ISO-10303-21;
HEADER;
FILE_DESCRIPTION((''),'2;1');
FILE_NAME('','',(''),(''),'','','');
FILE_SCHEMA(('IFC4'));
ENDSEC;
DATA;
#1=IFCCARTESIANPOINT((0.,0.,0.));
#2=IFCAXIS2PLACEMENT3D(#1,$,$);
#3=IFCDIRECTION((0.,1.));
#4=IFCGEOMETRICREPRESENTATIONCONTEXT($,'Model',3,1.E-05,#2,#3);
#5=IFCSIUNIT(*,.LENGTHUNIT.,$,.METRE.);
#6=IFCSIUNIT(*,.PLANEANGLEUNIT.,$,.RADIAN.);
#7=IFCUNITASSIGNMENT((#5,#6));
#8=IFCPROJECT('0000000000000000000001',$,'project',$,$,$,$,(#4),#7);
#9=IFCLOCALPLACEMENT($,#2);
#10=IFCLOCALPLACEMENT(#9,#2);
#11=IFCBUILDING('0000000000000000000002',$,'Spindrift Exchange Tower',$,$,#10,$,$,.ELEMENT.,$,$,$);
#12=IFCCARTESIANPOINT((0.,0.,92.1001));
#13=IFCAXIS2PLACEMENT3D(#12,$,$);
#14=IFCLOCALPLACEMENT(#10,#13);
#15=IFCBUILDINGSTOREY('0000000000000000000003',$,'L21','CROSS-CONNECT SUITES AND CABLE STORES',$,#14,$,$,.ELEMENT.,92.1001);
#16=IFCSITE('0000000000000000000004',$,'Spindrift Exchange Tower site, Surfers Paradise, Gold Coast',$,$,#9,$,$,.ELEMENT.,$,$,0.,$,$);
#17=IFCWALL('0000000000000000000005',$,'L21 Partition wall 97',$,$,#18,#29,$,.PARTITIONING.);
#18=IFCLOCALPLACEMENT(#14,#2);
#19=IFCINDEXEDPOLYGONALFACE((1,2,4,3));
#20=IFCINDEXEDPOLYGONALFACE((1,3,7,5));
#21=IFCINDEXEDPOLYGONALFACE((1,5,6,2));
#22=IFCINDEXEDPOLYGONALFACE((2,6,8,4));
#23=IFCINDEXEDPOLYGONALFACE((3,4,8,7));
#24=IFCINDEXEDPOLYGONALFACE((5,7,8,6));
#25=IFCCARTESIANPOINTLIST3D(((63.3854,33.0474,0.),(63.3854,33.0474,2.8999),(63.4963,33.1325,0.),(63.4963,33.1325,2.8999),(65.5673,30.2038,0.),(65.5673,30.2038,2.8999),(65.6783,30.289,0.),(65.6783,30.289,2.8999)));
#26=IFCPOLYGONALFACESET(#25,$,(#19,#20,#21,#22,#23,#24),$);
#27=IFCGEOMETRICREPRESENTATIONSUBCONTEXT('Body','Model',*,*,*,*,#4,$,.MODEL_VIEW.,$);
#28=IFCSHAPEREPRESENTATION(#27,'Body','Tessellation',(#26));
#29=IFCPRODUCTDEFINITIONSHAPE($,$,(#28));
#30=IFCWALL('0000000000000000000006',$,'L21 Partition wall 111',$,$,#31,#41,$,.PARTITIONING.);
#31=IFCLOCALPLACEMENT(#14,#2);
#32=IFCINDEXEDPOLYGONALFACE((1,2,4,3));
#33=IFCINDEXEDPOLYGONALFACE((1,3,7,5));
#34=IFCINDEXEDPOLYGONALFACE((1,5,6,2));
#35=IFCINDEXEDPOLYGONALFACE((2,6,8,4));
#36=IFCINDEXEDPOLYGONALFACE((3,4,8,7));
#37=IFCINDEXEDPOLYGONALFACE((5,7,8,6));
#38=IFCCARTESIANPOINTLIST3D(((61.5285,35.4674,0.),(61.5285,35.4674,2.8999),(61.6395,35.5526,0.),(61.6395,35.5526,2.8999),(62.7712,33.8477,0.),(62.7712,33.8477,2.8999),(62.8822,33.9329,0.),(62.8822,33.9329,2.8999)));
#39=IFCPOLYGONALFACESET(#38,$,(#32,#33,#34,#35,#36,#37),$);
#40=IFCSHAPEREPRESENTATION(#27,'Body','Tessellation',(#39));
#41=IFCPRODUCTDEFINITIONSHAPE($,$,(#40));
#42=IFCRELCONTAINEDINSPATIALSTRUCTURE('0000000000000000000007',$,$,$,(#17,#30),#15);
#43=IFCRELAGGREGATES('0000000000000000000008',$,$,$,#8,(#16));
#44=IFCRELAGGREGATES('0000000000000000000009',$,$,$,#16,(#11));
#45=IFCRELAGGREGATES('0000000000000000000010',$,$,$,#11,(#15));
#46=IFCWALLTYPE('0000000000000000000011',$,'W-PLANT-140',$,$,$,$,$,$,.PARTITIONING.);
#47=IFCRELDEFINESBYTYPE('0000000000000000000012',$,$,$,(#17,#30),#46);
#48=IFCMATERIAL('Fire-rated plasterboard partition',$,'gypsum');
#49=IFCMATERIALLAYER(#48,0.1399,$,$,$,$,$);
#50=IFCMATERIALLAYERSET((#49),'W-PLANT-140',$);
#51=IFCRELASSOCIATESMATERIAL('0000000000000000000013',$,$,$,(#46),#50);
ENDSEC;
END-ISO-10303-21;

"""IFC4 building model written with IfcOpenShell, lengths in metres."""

from ifc_helpers import new_model, si_unit, direction, frame, frame_2d, origin, place, context, subcontext, project, spatial, rectangle, extrude, material, layer, layer_set, type_object, element, save


model = new_model("IFC4")

# Units and contexts
model_context = context("Model", 3, precision=1e-05, world=origin(), true_north=direction((0.0, 1.0)))
body_context = subcontext(model_context, "Body", "Model", "MODEL_VIEW")
ifc_project = project(units=[si_unit("LENGTHUNIT", "METRE"), si_unit("PLANEANGLEUNIT", "RADIAN")], contexts=[model_context])

# Site, building, storey
site_placement = place(None, origin())
site = spatial("IfcSite", under=ifc_project, at=site_placement, Name="Spindrift Exchange Tower site, Surfers Paradise, Gold Coast", CompositionType="ELEMENT", RefElevation=0.0)
building_placement = place(site_placement, origin())
building = spatial("IfcBuilding", under=site, at=building_placement, Name="Spindrift Exchange Tower", CompositionType="ELEMENT")
storey_placement = place(building_placement, frame((0.0, 0.0, 92.1001)))
storey = spatial("IfcBuildingStorey", under=building, at=storey_placement, Name="L21", Description="CROSS-CONNECT SUITES AND CABLE STORES", CompositionType="ELEMENT", Elevation=92.1001)

# Shared definitions
ifc_material_1 = material(Name="Fire-rated plasterboard partition", Category="gypsum")
ifc_layer_1 = layer(ifc_material_1, 0.1399)
ifc_layer_set_1 = layer_set([ifc_layer_1], Name="W-PLANT-140")
wall_type = type_object("IfcWallType", Name="W-PLANT-140", PredefinedType="PARTITIONING", material=ifc_layer_set_1)

# Walls
wall_1_placement = place(storey_placement, frame((63.4409, 33.0898, 0.0), z_axis=(0.0, 0.0, 1.0), x_axis=(0.608759, -0.793355, 0.0)))
element("IfcWall", 1, at=wall_1_placement, inside=storey, type_object=wall_type, Name="L21 Partition wall 97", PredefinedType="PARTITIONING", context=body_context, shape_type="SweptSolid", body=[
    extrude(rectangle(XDim=3.5842, YDim=0.1399, at=frame_2d((1.792, 0.0))), origin(), (0.0, 0.0, 1.0), 2.8999),
])
wall_2_placement = place(storey_placement, frame((61.584, 35.51, 0.0), z_axis=(0.0, 0.0, 1.0), x_axis=(0.608728, -0.793379, 0.0)))
element("IfcWall", 2, at=wall_2_placement, inside=storey, type_object=wall_type, Name="L21 Partition wall 111", PredefinedType="PARTITIONING", context=body_context, shape_type="SweptSolid", body=[
    extrude(rectangle(XDim=2.0415, YDim=0.1399, at=frame_2d((1.0208, 0.0))), origin(), (0.0, 0.0, 1.0), 2.8999),
])

save(model, "model.ifc")
